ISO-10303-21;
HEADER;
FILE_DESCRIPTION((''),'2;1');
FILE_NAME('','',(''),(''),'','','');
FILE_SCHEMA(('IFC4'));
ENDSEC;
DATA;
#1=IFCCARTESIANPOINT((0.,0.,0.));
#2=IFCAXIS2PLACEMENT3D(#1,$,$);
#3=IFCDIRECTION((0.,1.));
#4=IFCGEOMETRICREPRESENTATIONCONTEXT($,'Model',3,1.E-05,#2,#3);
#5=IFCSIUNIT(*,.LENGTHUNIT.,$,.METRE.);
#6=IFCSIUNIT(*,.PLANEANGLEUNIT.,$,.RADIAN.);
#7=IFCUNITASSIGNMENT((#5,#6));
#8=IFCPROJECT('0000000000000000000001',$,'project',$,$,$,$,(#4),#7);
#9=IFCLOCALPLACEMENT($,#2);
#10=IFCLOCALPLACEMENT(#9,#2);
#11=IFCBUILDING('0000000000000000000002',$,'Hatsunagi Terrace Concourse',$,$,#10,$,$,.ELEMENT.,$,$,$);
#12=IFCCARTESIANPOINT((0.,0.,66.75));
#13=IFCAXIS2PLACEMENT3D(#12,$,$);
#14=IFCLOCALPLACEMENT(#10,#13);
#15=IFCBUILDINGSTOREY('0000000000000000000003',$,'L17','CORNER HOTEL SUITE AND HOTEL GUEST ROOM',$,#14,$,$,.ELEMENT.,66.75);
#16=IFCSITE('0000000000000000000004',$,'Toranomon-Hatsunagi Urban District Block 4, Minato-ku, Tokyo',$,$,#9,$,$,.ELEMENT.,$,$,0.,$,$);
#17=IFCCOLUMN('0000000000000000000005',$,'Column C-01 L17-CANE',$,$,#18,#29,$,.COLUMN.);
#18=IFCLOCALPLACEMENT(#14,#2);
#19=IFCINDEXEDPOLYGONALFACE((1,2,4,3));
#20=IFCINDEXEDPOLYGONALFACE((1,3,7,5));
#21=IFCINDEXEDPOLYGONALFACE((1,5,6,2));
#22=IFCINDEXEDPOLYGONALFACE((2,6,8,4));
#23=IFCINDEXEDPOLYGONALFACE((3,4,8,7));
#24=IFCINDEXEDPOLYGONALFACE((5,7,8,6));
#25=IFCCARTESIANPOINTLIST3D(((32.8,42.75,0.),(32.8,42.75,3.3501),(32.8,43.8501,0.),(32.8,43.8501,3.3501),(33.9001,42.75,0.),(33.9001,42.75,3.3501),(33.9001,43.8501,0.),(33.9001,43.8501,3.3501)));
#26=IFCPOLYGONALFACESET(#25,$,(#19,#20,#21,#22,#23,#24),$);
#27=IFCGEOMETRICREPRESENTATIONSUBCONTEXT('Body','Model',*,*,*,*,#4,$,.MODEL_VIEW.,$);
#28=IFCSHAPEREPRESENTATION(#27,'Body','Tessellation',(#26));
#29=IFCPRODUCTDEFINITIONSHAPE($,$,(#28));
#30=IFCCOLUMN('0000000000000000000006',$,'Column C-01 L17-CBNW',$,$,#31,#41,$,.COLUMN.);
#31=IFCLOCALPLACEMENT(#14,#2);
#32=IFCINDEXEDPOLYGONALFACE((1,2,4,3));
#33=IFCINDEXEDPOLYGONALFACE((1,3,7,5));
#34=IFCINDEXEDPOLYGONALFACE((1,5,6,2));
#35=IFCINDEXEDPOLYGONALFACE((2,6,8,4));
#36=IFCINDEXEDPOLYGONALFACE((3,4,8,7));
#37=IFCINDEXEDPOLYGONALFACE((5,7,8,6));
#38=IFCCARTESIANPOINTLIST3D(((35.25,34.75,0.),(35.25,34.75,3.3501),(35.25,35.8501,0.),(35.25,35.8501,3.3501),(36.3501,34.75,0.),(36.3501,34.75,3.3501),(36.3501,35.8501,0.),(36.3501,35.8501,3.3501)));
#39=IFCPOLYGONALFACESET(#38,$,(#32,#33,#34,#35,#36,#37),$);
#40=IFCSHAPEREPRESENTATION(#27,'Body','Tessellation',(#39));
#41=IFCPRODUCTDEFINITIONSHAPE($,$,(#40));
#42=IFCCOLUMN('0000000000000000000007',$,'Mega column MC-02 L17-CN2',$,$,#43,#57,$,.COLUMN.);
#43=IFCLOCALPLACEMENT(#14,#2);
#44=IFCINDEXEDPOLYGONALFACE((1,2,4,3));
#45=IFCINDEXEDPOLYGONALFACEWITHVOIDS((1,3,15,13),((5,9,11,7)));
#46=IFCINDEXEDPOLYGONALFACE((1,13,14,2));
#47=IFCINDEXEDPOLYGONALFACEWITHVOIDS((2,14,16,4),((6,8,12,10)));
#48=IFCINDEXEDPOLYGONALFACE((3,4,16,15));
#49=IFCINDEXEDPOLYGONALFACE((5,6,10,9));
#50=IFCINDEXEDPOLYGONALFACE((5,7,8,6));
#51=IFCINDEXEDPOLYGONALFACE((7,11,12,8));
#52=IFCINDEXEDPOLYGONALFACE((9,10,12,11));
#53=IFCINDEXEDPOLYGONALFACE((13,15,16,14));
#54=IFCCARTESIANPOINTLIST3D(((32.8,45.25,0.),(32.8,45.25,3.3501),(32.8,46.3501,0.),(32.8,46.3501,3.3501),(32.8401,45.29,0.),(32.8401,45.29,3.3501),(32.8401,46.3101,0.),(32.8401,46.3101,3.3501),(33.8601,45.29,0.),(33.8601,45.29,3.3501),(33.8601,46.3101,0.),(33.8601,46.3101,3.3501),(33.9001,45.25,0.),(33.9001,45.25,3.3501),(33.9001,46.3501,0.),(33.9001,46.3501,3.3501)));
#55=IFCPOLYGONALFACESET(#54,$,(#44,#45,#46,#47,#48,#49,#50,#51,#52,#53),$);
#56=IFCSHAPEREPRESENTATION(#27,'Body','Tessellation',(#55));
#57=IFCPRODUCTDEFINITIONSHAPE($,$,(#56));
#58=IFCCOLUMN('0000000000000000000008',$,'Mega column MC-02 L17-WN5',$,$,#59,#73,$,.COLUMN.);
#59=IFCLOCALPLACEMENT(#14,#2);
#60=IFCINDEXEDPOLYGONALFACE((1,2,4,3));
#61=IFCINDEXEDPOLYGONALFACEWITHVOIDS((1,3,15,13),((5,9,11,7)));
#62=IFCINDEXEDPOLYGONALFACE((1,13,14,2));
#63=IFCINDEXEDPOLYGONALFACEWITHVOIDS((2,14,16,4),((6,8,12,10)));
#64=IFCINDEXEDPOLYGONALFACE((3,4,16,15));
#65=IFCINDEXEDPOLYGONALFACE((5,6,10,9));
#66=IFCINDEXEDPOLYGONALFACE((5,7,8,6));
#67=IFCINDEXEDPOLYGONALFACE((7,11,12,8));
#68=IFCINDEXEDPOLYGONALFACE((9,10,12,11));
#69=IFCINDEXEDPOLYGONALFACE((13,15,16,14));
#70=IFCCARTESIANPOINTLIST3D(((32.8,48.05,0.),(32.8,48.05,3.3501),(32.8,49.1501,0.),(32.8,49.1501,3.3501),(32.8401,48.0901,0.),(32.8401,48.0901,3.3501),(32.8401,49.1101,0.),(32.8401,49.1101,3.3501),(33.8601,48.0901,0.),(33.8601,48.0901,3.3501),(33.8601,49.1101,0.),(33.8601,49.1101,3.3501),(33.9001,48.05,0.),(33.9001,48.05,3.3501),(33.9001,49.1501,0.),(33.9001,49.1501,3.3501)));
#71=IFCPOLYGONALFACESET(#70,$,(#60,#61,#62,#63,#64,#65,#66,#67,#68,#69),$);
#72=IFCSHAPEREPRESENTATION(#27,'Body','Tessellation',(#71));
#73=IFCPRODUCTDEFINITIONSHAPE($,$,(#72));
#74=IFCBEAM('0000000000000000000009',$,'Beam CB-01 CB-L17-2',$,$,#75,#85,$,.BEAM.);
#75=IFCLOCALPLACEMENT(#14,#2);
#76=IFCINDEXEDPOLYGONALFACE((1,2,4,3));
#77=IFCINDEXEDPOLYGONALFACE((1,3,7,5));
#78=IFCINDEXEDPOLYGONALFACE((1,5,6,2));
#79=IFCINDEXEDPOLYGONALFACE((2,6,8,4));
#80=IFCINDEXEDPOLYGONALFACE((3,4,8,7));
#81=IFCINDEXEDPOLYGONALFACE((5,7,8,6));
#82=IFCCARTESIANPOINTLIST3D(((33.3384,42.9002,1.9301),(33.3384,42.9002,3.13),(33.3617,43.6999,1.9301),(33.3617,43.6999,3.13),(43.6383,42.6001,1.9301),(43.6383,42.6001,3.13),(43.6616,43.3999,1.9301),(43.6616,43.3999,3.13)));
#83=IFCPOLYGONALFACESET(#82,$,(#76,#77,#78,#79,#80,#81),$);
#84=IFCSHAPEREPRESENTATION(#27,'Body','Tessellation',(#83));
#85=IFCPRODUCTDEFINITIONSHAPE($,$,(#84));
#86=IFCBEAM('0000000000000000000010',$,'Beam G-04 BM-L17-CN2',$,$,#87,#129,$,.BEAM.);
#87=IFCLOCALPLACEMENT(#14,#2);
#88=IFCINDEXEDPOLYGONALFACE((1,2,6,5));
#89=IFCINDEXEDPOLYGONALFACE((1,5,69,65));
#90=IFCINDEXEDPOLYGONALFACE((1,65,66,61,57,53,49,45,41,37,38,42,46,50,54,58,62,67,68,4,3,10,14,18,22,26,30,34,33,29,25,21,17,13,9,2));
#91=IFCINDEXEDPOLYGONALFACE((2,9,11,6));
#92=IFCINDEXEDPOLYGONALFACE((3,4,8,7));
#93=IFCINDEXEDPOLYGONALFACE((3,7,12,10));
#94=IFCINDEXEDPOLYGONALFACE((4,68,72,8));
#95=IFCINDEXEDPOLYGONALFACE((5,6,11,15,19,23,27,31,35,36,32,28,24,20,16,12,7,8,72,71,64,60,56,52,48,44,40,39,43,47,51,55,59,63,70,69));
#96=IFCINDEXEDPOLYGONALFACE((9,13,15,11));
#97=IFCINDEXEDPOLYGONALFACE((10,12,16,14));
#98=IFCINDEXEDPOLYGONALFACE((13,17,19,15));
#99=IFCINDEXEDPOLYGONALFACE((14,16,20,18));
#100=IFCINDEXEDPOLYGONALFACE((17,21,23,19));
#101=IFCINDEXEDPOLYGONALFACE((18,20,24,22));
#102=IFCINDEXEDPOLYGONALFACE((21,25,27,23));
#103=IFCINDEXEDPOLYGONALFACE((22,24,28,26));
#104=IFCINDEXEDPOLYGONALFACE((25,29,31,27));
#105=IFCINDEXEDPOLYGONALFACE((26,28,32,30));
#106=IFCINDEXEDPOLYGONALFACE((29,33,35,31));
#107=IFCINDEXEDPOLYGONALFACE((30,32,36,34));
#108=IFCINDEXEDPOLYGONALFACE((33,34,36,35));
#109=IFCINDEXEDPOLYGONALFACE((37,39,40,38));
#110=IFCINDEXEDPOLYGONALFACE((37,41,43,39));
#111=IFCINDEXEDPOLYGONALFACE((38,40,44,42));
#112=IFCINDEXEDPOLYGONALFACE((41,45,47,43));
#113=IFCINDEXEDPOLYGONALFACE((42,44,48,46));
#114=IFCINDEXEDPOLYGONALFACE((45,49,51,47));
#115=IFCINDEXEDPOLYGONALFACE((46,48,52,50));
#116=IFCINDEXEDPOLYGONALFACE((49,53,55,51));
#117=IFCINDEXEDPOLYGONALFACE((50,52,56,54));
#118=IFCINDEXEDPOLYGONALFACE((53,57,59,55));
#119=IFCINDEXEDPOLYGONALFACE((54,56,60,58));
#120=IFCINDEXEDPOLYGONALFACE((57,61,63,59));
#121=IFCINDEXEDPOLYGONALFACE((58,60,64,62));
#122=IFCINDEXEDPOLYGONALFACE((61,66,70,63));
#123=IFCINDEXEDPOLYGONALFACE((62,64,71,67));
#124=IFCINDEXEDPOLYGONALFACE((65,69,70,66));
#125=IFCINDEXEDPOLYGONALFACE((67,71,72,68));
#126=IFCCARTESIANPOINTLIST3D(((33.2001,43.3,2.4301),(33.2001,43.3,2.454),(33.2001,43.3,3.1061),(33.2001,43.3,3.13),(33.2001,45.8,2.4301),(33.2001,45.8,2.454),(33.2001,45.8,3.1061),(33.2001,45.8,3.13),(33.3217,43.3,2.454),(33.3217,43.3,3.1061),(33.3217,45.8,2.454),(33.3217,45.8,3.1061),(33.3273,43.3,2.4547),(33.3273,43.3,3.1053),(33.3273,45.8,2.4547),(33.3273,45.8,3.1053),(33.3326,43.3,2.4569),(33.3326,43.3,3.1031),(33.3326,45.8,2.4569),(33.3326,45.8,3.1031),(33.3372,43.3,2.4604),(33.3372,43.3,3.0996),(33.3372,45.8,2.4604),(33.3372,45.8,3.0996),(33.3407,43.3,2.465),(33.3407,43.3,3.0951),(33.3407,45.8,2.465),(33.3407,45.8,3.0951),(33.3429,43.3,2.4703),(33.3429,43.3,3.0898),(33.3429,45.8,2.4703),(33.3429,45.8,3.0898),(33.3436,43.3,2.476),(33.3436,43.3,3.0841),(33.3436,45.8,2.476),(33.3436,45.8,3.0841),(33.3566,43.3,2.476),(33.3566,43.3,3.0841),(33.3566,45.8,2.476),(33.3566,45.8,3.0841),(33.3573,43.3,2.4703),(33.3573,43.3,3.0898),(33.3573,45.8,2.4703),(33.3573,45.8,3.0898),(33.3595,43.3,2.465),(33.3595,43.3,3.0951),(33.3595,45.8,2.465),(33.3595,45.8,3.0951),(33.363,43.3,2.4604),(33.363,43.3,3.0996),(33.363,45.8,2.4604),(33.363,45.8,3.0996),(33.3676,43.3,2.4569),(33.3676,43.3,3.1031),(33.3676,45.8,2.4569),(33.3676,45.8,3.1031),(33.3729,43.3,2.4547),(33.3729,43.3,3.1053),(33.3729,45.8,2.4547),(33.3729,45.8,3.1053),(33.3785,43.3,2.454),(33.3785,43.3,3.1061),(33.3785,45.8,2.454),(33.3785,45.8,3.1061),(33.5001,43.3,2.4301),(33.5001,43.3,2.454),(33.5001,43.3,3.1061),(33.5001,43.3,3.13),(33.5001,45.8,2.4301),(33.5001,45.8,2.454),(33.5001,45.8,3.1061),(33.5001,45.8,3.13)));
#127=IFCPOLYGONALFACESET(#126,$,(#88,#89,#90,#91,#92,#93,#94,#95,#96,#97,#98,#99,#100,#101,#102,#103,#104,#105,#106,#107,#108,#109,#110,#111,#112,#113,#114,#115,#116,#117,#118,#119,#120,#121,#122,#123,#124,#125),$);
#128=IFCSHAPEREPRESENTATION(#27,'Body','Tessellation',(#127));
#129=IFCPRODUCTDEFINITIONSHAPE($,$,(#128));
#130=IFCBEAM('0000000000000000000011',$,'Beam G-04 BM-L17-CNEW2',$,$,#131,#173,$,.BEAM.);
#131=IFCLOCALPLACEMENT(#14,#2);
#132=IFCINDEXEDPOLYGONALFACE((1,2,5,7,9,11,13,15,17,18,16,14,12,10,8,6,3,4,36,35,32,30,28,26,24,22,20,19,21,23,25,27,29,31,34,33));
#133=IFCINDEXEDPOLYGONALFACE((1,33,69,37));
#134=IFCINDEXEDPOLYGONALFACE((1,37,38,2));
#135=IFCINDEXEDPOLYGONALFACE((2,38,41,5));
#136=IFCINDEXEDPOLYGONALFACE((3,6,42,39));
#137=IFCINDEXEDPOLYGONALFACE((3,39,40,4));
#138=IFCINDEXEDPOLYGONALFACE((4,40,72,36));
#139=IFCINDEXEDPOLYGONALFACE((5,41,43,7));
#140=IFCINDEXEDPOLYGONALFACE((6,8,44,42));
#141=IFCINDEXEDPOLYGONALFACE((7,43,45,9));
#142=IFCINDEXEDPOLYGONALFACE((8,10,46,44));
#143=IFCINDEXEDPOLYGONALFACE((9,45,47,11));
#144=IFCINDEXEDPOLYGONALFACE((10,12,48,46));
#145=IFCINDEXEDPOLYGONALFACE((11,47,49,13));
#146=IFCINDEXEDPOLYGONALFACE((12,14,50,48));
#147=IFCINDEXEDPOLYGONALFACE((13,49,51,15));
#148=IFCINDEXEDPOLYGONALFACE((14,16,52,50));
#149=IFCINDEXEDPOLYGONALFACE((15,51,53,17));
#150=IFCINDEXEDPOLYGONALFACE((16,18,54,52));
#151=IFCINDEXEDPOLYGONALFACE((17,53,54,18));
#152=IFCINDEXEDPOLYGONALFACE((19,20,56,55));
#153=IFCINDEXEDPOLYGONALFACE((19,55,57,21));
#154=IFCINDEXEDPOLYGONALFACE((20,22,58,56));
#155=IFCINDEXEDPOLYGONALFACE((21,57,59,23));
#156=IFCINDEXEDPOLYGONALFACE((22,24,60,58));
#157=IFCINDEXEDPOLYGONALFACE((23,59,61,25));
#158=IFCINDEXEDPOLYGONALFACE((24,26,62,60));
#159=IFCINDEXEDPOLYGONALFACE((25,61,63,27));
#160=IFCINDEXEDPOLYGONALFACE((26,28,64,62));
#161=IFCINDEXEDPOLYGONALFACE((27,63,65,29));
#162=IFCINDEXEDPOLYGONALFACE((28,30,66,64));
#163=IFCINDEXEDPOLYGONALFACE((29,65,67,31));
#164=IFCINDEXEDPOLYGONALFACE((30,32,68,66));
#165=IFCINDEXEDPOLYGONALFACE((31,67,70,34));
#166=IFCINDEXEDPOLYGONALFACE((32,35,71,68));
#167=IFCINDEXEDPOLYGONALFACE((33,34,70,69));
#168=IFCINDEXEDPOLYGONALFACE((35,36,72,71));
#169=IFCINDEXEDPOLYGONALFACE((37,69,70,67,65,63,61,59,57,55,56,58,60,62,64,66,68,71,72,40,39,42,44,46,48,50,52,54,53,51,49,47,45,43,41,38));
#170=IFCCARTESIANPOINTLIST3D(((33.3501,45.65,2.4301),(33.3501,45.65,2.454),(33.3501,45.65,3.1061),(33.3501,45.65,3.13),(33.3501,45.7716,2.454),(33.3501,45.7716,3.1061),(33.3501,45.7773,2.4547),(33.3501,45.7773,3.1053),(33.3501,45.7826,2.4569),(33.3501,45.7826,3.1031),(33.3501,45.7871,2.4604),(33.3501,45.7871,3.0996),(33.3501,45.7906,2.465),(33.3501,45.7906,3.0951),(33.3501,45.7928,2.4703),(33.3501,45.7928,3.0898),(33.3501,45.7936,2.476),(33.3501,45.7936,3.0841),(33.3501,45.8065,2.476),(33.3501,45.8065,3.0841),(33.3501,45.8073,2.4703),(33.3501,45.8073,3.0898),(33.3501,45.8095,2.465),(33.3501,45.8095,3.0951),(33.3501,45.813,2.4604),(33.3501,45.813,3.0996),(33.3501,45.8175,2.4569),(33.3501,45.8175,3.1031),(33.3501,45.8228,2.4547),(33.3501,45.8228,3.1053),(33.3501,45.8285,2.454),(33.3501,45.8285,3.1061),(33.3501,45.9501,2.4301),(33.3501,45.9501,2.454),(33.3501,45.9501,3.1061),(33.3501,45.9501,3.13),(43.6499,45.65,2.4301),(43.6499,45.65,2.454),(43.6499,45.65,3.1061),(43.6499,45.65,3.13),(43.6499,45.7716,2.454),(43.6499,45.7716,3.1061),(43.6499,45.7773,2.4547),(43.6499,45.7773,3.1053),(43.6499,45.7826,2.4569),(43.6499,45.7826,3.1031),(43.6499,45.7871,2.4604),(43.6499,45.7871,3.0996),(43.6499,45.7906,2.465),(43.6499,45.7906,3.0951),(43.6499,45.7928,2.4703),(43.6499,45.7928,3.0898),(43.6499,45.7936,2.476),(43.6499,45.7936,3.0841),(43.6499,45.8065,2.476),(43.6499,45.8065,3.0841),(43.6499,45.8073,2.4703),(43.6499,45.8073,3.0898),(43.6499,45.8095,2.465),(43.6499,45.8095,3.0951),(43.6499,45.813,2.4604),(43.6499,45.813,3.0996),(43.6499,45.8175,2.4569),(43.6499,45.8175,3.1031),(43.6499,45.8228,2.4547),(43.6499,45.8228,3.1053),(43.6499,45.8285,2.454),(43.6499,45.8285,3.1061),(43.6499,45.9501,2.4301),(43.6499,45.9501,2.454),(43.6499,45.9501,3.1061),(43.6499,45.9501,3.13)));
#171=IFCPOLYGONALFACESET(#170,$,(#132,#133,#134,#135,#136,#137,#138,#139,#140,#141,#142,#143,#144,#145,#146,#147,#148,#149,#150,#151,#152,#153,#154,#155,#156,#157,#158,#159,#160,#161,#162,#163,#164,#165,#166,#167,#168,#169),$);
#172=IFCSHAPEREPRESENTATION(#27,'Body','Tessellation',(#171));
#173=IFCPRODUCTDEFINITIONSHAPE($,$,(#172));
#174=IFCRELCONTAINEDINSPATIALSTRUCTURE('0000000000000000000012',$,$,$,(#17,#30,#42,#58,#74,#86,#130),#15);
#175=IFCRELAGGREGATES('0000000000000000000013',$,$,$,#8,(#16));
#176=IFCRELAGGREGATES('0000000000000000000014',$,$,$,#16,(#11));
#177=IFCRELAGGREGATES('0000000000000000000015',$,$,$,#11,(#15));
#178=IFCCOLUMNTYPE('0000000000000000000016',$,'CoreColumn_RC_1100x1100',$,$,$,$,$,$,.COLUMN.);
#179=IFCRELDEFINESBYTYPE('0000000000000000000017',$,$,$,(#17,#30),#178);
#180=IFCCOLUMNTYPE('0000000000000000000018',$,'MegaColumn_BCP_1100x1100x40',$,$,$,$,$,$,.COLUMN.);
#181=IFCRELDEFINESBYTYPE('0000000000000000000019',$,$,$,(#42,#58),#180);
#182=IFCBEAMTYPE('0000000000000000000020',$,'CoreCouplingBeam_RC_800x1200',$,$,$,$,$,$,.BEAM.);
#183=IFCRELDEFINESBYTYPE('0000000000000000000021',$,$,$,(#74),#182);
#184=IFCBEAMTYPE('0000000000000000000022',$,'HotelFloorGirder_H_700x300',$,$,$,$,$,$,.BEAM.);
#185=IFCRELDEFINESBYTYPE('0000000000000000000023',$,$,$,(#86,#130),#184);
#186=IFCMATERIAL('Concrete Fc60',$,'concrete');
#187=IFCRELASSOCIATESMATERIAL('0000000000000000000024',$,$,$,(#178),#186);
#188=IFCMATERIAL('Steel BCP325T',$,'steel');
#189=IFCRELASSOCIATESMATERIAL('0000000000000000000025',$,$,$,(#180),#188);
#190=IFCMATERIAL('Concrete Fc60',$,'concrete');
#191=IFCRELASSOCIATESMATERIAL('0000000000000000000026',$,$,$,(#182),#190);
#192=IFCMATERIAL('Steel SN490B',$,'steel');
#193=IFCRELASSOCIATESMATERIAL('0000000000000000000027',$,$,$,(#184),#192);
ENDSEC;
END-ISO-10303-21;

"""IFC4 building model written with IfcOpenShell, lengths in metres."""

from ifc_helpers import new_model, si_unit, direction, frame, origin, origin_2d, place, context, subcontext, project, spatial, rectangle, hollow_rectangle, i_section, extrude, material, material_profile, profile_set, type_object, element, save


model = new_model("IFC4")

# Units and contexts
model_context = context("Model", 3, precision=1e-05, world=origin(), true_north=direction((0.0, 1.0)))
body_context = subcontext(model_context, "Body", "Model", "MODEL_VIEW")
ifc_project = project(units=[si_unit("LENGTHUNIT", "METRE"), si_unit("PLANEANGLEUNIT", "RADIAN")], contexts=[model_context])

# Site, building, storey
site_placement = place(None, origin())
site = spatial("IfcSite", under=ifc_project, at=site_placement, Name="Toranomon-Hatsunagi Urban District Block 4, Minato-ku, Tokyo", CompositionType="ELEMENT", RefElevation=0.0)
building_placement = place(site_placement, origin())
building = spatial("IfcBuilding", under=site, at=building_placement, Name="Hatsunagi Terrace Concourse", CompositionType="ELEMENT")
storey_placement = place(building_placement, frame((0.0, 0.0, 66.75)))
storey = spatial("IfcBuildingStorey", under=building, at=storey_placement, Name="L17", Description="CORNER HOTEL SUITE AND HOTEL GUEST ROOM", CompositionType="ELEMENT", Elevation=66.75)

# Columns
ifc_material_1 = material(Name="Concrete Fc60", Category="concrete")
ifc_material_profile_1 = material_profile(ifc_material_1, rectangle(XDim=1.1001, YDim=1.1001, at=origin_2d()), Name="RC-1100x1100")
ifc_profile_set_1 = profile_set([ifc_material_profile_1], Name="Concrete Fc60")
column_type_1 = type_object("IfcColumnType", Name="CoreColumn_RC_1100x1100", PredefinedType="COLUMN", material=ifc_profile_set_1)
for number, where, z_axis, x_axis, name in (
    (1, (33.3501, 43.3, 0.0), (0.0, 0.0, 1.0), (1.0, 0.0, 0.0), "Column C-01 L17-CANE"),
    (2, (35.8, 35.3, 0.0), (0.0, 0.0, 1.0), (1.0, 0.0, 0.0), "Column C-01 L17-CBNW"),
):
    element("IfcColumn", number, at=place(storey_placement, frame(where, z_axis=z_axis, x_axis=x_axis)), inside=storey, type_object=column_type_1, Name=name, PredefinedType="COLUMN", context=body_context, shape_type="SweptSolid", body=[
        extrude(rectangle(XDim=1.1001, YDim=1.1001, at=origin_2d()), origin(), (0.0, 0.0, 1.0), 3.3501),
    ])
ifc_material_2 = material(Name="Steel BCP325T", Category="steel")
ifc_material_profile_2 = material_profile(ifc_material_2, hollow_rectangle(XDim=1.1001, YDim=1.1001, WallThickness=0.04, at=origin_2d()), Name="BCP-1100x1100x40")
ifc_profile_set_2 = profile_set([ifc_material_profile_2], Name="Steel BCP325T")
column_type_2 = type_object("IfcColumnType", Name="MegaColumn_BCP_1100x1100x40", PredefinedType="COLUMN", material=ifc_profile_set_2)
for number, where, z_axis, x_axis, name in (
    (3, (33.3501, 45.8, 0.0), (0.0, 0.0, 1.0), (1.0, 0.0, 0.0), "Mega column MC-02 L17-CN2"),
    (4, (33.3501, 48.6001, 0.0), (0.0, 0.0, 1.0), (1.0, 0.0, 0.0), "Mega column MC-02 L17-WN5"),
):
    element("IfcColumn", number, at=place(storey_placement, frame(where, z_axis=z_axis, x_axis=x_axis)), inside=storey, type_object=column_type_2, Name=name, PredefinedType="COLUMN", context=body_context, shape_type="SweptSolid", body=[
        extrude(hollow_rectangle(XDim=1.1001, YDim=1.1001, WallThickness=0.04, at=origin_2d()), origin(), (0.0, 0.0, 1.0), 3.3501),
    ])

# Beams
ifc_material_3 = material(Name="Concrete Fc60", Category="concrete")
ifc_material_profile_3 = material_profile(ifc_material_3, rectangle(XDim=0.8, YDim=1.2, at=origin_2d()), Name="RC-800x1200")
ifc_profile_set_3 = profile_set([ifc_material_profile_3], Name="Concrete Fc60")
beam_type_1 = type_object("IfcBeamType", Name="CoreCouplingBeam_RC_800x1200", PredefinedType="BEAM", material=ifc_profile_set_3)
beam_1_placement = place(storey_placement, frame((33.3501, 43.3, 2.53), z_axis=(0.999576, -0.029119, 0.0), x_axis=(0.029119, 0.999576, 0.0)))
element("IfcBeam", 5, at=beam_1_placement, inside=storey, type_object=beam_type_1, Name="Beam CB-01 CB-L17-2", PredefinedType="BEAM", context=body_context, shape_type="SweptSolid", body=[
    extrude(rectangle(XDim=0.8, YDim=1.2, at=origin_2d()), origin(), (0.0, 0.0, 1.0), 10.3042),
])
ifc_material_4 = material(Name="Steel SN490B", Category="steel")
ifc_material_profile_4 = material_profile(ifc_material_4, i_section(OverallWidth=0.3, OverallDepth=0.7, WebThickness=0.0129, FlangeThickness=0.0239, FilletRadius=0.022, at=origin_2d()), Name="H-700x300x13x24")
ifc_profile_set_4 = profile_set([ifc_material_profile_4], Name="Steel SN490B")
beam_type_2 = type_object("IfcBeamType", Name="HotelFloorGirder_H_700x300", PredefinedType="BEAM", material=ifc_profile_set_4)
beam_2_placement = place(storey_placement, frame((33.3501, 43.3, 2.78), z_axis=(0.0, 1.0, 0.0), x_axis=(-1.0, 0.0, 0.0)))
element("IfcBeam", 6, at=beam_2_placement, inside=storey, type_object=beam_type_2, Name="Beam G-04 BM-L17-CN2", PredefinedType="BEAM", context=body_context, shape_type="SweptSolid", body=[
    extrude(i_section(OverallWidth=0.3, OverallDepth=0.7, WebThickness=0.0129, FlangeThickness=0.0239, FilletRadius=0.022, at=origin_2d()), origin(), (0.0, 0.0, 1.0), 2.5),
])
beam_3_placement = place(storey_placement, frame((33.3501, 45.8, 2.78), z_axis=(1.0, 0.0, 0.0), x_axis=(0.0, 1.0, 0.0)))
element("IfcBeam", 7, at=beam_3_placement, inside=storey, type_object=beam_type_2, Name="Beam G-04 BM-L17-CNEW2", PredefinedType="BEAM", context=body_context, shape_type="SweptSolid", body=[
    extrude(i_section(OverallWidth=0.3, OverallDepth=0.7, WebThickness=0.0129, FlangeThickness=0.0239, FilletRadius=0.022, at=origin_2d()), origin(), (0.0, 0.0, 1.0), 10.2998),
])

save(model, "model.ifc")
